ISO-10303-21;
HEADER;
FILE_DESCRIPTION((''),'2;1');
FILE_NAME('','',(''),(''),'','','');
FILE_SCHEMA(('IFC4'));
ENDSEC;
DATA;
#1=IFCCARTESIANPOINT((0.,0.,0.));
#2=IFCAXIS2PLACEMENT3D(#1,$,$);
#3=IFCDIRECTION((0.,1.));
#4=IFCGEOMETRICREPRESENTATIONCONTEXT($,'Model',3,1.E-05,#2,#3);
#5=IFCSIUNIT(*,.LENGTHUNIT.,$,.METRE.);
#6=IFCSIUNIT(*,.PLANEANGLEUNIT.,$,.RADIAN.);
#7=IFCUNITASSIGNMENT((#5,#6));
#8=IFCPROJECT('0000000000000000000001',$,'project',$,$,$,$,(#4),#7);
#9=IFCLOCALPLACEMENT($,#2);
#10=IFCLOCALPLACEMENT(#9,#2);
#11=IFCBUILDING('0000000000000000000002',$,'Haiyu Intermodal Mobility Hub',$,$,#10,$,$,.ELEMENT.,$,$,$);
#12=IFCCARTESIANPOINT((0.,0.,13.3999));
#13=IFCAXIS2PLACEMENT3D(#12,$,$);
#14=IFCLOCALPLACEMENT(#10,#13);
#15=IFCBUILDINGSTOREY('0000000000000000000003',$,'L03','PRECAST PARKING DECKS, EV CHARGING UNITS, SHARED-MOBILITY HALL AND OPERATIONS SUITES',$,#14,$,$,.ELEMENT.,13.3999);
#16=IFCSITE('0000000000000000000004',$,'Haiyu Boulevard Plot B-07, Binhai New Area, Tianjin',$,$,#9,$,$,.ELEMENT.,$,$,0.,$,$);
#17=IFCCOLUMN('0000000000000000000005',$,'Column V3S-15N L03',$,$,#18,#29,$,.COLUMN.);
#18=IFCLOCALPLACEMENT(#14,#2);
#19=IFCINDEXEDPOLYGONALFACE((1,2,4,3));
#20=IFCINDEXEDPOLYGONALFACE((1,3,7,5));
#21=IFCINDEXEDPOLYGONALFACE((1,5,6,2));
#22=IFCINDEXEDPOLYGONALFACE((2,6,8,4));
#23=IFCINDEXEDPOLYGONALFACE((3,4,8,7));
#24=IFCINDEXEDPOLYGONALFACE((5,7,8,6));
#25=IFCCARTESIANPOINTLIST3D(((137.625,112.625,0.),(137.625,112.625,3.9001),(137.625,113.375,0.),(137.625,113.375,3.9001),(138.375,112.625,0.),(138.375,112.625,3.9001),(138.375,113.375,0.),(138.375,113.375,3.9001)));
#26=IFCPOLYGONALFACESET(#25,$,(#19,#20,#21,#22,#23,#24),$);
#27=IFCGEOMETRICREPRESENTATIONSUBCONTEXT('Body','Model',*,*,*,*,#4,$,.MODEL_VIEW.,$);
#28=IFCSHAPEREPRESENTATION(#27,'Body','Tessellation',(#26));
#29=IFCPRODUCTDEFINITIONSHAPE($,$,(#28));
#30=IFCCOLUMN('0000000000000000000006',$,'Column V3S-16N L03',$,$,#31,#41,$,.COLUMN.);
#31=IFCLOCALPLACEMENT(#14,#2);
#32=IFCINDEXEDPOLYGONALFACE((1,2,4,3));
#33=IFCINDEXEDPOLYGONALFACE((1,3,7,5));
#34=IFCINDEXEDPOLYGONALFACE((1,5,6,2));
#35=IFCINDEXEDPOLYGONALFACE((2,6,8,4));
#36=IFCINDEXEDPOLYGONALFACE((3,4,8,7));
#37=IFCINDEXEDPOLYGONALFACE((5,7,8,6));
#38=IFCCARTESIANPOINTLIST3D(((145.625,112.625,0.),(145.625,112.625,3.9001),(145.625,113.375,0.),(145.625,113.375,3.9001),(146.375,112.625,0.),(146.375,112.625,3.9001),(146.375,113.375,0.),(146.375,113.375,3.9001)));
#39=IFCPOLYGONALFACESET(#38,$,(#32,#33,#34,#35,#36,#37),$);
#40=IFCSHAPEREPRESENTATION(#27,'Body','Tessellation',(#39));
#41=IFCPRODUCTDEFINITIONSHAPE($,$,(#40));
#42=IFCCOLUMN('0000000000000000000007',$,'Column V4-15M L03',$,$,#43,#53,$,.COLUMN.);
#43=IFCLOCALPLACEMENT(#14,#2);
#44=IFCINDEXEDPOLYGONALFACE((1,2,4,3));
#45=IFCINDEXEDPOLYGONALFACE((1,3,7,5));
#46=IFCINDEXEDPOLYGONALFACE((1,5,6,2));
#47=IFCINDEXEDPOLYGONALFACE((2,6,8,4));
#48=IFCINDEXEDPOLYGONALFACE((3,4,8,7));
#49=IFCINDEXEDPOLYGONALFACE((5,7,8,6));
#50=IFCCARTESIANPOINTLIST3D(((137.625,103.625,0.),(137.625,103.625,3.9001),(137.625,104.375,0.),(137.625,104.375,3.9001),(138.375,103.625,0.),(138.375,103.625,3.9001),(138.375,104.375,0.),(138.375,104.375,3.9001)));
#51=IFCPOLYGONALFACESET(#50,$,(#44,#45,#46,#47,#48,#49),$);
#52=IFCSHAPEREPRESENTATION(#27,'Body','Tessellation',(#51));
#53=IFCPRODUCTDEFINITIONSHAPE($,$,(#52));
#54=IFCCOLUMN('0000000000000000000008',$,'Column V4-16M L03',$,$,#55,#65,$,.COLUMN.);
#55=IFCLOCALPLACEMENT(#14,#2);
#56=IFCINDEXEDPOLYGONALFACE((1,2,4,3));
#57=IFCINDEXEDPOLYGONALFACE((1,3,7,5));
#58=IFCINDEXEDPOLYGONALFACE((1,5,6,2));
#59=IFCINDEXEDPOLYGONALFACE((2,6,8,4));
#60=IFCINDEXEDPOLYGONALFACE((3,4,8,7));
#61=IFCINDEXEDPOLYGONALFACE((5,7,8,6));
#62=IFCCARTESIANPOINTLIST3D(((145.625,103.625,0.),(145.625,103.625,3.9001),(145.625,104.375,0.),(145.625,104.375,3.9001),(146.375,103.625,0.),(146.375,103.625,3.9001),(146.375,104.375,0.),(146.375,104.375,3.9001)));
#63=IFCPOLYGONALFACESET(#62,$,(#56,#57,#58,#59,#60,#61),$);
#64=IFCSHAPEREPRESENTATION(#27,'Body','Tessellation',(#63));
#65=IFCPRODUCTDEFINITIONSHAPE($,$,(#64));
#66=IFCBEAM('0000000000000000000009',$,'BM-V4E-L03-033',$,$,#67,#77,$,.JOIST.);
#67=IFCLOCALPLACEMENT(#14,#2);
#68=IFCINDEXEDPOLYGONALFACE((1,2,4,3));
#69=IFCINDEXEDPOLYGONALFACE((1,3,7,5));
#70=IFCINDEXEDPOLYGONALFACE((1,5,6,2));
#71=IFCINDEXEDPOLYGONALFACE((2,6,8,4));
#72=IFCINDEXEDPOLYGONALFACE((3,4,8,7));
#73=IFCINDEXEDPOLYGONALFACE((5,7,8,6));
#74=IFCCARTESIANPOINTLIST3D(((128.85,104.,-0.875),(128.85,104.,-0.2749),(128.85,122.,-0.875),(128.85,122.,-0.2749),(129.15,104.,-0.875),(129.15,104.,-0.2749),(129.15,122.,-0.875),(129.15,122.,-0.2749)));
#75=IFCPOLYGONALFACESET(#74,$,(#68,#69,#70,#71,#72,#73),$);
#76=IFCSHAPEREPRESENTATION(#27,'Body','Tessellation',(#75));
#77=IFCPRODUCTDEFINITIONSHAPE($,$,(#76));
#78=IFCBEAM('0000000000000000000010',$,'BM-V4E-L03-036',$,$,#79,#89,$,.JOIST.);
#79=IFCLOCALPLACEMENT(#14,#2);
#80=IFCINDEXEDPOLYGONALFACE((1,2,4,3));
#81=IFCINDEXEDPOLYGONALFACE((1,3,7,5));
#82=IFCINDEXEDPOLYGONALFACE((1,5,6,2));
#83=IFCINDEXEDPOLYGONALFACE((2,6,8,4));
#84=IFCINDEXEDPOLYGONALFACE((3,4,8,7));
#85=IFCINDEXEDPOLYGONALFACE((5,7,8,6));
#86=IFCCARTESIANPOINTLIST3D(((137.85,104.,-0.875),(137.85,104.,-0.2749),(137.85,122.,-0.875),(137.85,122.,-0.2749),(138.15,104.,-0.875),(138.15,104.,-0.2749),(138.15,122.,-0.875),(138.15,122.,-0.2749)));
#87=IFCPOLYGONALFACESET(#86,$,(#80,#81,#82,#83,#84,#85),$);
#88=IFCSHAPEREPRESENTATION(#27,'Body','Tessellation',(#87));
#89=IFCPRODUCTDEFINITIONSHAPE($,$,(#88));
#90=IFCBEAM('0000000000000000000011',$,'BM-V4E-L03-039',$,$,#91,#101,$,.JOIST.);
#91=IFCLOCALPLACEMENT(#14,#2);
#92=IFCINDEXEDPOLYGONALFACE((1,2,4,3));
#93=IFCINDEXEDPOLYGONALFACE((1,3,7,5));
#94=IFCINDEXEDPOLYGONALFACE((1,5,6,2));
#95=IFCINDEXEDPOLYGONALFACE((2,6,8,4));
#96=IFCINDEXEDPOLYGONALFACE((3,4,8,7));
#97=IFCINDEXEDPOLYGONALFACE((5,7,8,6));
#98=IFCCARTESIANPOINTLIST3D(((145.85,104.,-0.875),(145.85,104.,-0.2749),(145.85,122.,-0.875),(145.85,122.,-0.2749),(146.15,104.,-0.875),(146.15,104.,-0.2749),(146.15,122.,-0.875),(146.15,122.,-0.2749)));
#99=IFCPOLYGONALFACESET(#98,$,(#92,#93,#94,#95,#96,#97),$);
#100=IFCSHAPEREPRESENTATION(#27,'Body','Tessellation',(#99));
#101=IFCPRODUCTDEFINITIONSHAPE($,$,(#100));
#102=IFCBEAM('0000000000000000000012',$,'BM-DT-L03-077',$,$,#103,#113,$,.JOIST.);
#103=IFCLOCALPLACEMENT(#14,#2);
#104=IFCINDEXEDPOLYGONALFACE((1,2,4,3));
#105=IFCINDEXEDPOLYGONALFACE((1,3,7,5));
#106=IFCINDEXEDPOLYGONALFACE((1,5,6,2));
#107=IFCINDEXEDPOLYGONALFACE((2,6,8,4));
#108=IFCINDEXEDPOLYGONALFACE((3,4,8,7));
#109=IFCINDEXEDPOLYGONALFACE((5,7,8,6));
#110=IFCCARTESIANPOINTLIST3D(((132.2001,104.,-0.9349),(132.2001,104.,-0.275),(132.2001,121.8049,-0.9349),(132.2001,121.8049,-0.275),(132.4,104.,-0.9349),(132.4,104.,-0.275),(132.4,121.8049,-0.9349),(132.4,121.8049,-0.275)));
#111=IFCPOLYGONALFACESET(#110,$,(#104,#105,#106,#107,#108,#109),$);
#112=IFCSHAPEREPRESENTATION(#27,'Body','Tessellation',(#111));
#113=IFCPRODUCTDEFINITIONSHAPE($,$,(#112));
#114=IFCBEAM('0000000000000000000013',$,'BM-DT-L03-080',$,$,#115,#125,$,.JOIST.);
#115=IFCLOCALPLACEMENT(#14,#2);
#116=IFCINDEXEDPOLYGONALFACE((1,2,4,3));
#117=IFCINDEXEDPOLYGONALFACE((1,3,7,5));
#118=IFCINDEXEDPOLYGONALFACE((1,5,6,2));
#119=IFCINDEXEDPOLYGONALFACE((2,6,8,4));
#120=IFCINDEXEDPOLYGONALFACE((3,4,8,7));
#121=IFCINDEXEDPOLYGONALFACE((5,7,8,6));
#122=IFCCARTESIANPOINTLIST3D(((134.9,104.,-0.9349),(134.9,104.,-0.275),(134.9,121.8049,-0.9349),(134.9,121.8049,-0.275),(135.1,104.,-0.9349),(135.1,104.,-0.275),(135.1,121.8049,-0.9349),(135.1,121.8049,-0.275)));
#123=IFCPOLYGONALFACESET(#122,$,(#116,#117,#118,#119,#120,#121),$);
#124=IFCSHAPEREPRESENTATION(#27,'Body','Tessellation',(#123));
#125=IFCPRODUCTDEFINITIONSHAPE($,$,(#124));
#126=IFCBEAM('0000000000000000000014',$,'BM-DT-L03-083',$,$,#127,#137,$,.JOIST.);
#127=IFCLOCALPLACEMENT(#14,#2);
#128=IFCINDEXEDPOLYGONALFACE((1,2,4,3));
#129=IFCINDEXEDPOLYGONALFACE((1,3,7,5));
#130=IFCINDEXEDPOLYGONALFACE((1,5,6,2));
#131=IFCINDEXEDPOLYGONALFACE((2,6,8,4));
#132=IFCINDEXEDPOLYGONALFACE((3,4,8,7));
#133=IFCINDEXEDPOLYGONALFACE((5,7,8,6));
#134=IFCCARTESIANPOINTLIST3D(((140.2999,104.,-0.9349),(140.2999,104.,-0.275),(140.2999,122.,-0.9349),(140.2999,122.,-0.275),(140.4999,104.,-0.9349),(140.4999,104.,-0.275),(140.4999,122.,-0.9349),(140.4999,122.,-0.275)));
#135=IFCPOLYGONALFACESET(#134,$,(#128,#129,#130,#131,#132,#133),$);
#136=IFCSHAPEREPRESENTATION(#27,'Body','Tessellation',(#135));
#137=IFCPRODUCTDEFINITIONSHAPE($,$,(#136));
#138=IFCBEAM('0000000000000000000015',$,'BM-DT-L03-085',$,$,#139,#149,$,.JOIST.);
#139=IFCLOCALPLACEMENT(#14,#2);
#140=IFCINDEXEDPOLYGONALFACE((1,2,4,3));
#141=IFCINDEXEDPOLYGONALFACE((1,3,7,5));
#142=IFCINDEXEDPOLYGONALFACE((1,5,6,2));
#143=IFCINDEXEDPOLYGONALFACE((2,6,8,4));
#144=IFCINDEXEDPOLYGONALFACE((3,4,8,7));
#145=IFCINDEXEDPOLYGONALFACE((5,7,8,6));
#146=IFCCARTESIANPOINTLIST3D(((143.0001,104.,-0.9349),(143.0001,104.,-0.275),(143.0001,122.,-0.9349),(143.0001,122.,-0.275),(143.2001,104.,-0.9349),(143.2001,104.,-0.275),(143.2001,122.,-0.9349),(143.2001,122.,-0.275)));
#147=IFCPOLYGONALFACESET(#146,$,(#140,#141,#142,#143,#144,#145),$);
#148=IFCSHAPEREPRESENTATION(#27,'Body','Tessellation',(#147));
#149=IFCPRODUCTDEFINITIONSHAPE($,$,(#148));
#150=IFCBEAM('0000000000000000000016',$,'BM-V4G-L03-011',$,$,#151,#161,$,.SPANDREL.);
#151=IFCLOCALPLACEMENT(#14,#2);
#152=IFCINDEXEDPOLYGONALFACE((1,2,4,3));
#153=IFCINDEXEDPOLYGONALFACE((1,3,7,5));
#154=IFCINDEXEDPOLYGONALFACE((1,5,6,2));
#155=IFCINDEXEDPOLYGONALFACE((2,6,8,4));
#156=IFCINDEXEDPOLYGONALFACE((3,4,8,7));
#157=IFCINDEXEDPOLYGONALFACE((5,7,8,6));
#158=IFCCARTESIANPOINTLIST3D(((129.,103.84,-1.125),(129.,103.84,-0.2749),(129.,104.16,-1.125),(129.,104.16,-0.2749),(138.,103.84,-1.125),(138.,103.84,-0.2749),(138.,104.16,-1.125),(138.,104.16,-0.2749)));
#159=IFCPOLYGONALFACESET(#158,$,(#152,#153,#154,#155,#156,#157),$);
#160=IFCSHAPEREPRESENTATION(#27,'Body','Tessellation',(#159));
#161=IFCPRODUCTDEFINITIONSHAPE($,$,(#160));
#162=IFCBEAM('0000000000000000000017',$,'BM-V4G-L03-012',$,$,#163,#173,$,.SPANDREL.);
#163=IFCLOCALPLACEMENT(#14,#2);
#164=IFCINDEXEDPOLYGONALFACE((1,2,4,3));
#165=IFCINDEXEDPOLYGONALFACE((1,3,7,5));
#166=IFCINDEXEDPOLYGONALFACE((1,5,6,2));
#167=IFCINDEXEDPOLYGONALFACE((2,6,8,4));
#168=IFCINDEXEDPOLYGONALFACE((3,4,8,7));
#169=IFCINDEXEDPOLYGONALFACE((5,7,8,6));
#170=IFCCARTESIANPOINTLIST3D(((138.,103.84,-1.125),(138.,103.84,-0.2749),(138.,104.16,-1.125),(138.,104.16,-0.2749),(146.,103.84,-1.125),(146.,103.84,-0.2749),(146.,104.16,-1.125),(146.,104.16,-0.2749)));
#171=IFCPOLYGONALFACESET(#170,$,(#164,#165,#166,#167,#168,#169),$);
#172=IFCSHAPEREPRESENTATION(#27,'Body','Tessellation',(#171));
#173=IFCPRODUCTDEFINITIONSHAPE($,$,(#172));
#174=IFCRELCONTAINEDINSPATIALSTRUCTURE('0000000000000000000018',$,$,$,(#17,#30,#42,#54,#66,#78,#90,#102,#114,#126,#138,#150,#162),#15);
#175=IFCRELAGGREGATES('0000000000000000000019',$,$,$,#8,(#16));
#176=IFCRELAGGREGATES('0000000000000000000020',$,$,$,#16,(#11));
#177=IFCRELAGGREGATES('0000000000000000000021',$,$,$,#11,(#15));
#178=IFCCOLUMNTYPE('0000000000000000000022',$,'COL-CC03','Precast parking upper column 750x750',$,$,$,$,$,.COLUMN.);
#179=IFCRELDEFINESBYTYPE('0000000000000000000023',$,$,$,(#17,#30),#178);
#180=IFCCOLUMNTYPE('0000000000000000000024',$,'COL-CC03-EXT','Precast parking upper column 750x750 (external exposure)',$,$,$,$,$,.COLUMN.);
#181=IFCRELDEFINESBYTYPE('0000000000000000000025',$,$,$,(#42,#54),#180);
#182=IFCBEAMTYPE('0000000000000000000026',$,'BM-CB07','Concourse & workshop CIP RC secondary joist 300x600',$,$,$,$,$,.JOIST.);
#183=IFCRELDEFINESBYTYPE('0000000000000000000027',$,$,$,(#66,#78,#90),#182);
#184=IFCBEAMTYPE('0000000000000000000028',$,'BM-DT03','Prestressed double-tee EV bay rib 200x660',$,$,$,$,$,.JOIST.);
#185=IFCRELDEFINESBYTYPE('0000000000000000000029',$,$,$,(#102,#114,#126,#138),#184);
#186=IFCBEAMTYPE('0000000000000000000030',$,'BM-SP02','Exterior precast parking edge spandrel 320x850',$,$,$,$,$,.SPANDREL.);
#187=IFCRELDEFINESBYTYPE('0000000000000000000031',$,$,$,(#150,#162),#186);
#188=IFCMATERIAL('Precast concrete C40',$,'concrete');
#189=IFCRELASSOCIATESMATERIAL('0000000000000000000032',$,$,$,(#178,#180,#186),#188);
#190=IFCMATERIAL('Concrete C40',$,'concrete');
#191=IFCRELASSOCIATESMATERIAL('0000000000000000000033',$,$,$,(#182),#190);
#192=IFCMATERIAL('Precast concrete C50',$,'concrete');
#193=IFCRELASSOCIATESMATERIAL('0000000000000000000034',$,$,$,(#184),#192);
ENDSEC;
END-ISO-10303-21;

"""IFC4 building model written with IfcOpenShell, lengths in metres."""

from ifc_helpers import new_model, si_unit, direction, frame, origin, origin_2d, place, context, subcontext, project, spatial, rectangle, extrude, material, material_profile, profile_set, type_object, element, save


model = new_model("IFC4")

# Units and contexts
model_context = context("Model", 3, precision=1e-05, world=origin(), true_north=direction((0.0, 1.0)))
body_context = subcontext(model_context, "Body", "Model", "MODEL_VIEW")
ifc_project = project(units=[si_unit("LENGTHUNIT", "METRE"), si_unit("PLANEANGLEUNIT", "RADIAN")], contexts=[model_context])

# Site, building, storey
site_placement = place(None, origin())
site = spatial("IfcSite", under=ifc_project, at=site_placement, Name="Haiyu Boulevard Plot B-07, Binhai New Area, Tianjin", CompositionType="ELEMENT", RefElevation=0.0)
building_placement = place(site_placement, origin())
building = spatial("IfcBuilding", under=site, at=building_placement, Name="Haiyu Intermodal Mobility Hub", CompositionType="ELEMENT")
storey_placement = place(building_placement, frame((0.0, 0.0, 13.3999)))
storey = spatial("IfcBuildingStorey", under=building, at=storey_placement, Name="L03", Description="PRECAST PARKING DECKS, EV CHARGING UNITS, SHARED-MOBILITY HALL AND OPERATIONS SUITES", CompositionType="ELEMENT", Elevation=13.3999)

# Columns
ifc_material_1 = material(Name="Precast concrete C40", Category="concrete")
ifc_material_profile_1 = material_profile(ifc_material_1, rectangle(XDim=0.75, YDim=0.75, at=origin_2d()), Name="RC750x750")
ifc_profile_set_1 = profile_set([ifc_material_profile_1], Name="Precast concrete C40")
column_type_1 = type_object("IfcColumnType", Name="COL-CC03", Description="Precast parking upper column 750x750", PredefinedType="COLUMN", material=ifc_profile_set_1)
for number, where, z_axis, x_axis, name in (
    (1, (138.0, 113.0, 0.0), (0.0, 0.0, 1.0), (1.0, 0.0, 0.0), "Column V3S-15N L03"),
    (2, (146.0, 113.0, 0.0), (0.0, 0.0, 1.0), (1.0, 0.0, 0.0), "Column V3S-16N L03"),
):
    element("IfcColumn", number, at=place(storey_placement, frame(where, z_axis=z_axis, x_axis=x_axis)), inside=storey, type_object=column_type_1, Name=name, PredefinedType="COLUMN", context=body_context, shape_type="SweptSolid", body=[
        extrude(rectangle(XDim=0.75, YDim=0.75, at=origin_2d()), origin(), (0.0, 0.0, 1.0), 3.9001),
    ])
ifc_material_profile_2 = material_profile(ifc_material_1, rectangle(XDim=0.75, YDim=0.75, at=origin_2d()), Name="RC750x750")
ifc_profile_set_2 = profile_set([ifc_material_profile_2], Name="Precast concrete C40")
column_type_2 = type_object("IfcColumnType", Name="COL-CC03-EXT", Description="Precast parking upper column 750x750 (external exposure)", PredefinedType="COLUMN", material=ifc_profile_set_2)
for number, where, z_axis, x_axis, name in (
    (3, (138.0, 104.0, 0.0), (0.0, 0.0, 1.0), (1.0, 0.0, 0.0), "Column V4-15M L03"),
    (4, (146.0, 104.0, 0.0), (0.0, 0.0, 1.0), (1.0, 0.0, 0.0), "Column V4-16M L03"),
):
    element("IfcColumn", number, at=place(storey_placement, frame(where, z_axis=z_axis, x_axis=x_axis)), inside=storey, type_object=column_type_2, Name=name, PredefinedType="COLUMN", context=body_context, shape_type="SweptSolid", body=[
        extrude(rectangle(XDim=0.75, YDim=0.75, at=origin_2d()), origin(), (0.0, 0.0, 1.0), 3.9001),
    ])

# Beams
ifc_material_2 = material(Name="Concrete C40", Category="concrete")
ifc_material_profile_3 = material_profile(ifc_material_2, rectangle(XDim=0.3, YDim=0.6001, at=origin_2d()), Name="RCB300x600")
ifc_profile_set_3 = profile_set([ifc_material_profile_3], Name="Concrete C40")
beam_type_1 = type_object("IfcBeamType", Name="BM-CB07", Description="Concourse & workshop CIP RC secondary joist 300x600", PredefinedType="JOIST", material=ifc_profile_set_3)
for number, where, z_axis, x_axis, name in (
    (5, (129.0, 104.0, -0.575), (0.0, 1.0, 0.0), (-1.0, 0.0, 0.0), "BM-V4E-L03-033"),
    (6, (138.0, 104.0, -0.575), (0.0, 1.0, 0.0), (-1.0, 0.0, 0.0), "BM-V4E-L03-036"),
    (7, (146.0, 104.0, -0.575), (0.0, 1.0, 0.0), (-1.0, 0.0, 0.0), "BM-V4E-L03-039"),
):
    element("IfcBeam", number, at=place(storey_placement, frame(where, z_axis=z_axis, x_axis=x_axis)), inside=storey, type_object=beam_type_1, Name=name, PredefinedType="JOIST", context=body_context, shape_type="SweptSolid", body=[
        extrude(rectangle(XDim=0.3, YDim=0.6001, at=origin_2d()), origin(), (0.0, 0.0, 1.0), 18.0),
    ])
ifc_material_3 = material(Name="Precast concrete C50", Category="concrete")
ifc_material_profile_4 = material_profile(ifc_material_3, rectangle(XDim=0.2, YDim=0.6599, at=origin_2d()), Name="PC200x660")
ifc_profile_set_4 = profile_set([ifc_material_profile_4], Name="Precast concrete C50")
beam_type_2 = type_object("IfcBeamType", Name="BM-DT03", Description="Prestressed double-tee EV bay rib 200x660", PredefinedType="JOIST", material=ifc_profile_set_4)
for number, where, z_axis, x_axis, name in (
    (8, (132.3, 104.0, -0.605), (0.0, 1.0, 0.0), (-1.0, 0.0, 0.0), "BM-DT-L03-077"),
    (9, (135.0, 104.0, -0.605), (0.0, 1.0, 0.0), (-1.0, 0.0, 0.0), "BM-DT-L03-080"),
):
    element("IfcBeam", number, at=place(storey_placement, frame(where, z_axis=z_axis, x_axis=x_axis)), inside=storey, type_object=beam_type_2, Name=name, PredefinedType="JOIST", context=body_context, shape_type="SweptSolid", body=[
        extrude(rectangle(XDim=0.2, YDim=0.6599, at=origin_2d()), origin(), (0.0, 0.0, 1.0), 17.8049),
    ])
for number, where, z_axis, x_axis, name in (
    (10, (140.3999, 104.0, -0.605), (0.0, 1.0, 0.0), (-1.0, 0.0, 0.0), "BM-DT-L03-083"),
    (11, (143.1001, 104.0, -0.605), (0.0, 1.0, 0.0), (-1.0, 0.0, 0.0), "BM-DT-L03-085"),
):
    element("IfcBeam", number, at=place(storey_placement, frame(where, z_axis=z_axis, x_axis=x_axis)), inside=storey, type_object=beam_type_2, Name=name, PredefinedType="JOIST", context=body_context, shape_type="SweptSolid", body=[
        extrude(rectangle(XDim=0.2, YDim=0.6599, at=origin_2d()), origin(), (0.0, 0.0, 1.0), 18.0),
    ])
ifc_material_profile_5 = material_profile(ifc_material_1, rectangle(XDim=0.3201, YDim=0.8501, at=origin_2d()), Name="PC320x850")
ifc_profile_set_5 = profile_set([ifc_material_profile_5], Name="Precast concrete C40")
beam_type_3 = type_object("IfcBeamType", Name="BM-SP02", Description="Exterior precast parking edge spandrel 320x850", PredefinedType="SPANDREL", material=ifc_profile_set_5)
beam_1_placement = place(storey_placement, frame((129.0, 104.0, -0.7), z_axis=(1.0, 0.0, 0.0), x_axis=(0.0, 1.0, 0.0)))
element("IfcBeam", 12, at=beam_1_placement, inside=storey, type_object=beam_type_3, Name="BM-V4G-L03-011", PredefinedType="SPANDREL", context=body_context, shape_type="SweptSolid", body=[
    extrude(rectangle(XDim=0.3201, YDim=0.8501, at=origin_2d()), origin(), (0.0, 0.0, 1.0), 9.0),
])
beam_2_placement = place(storey_placement, frame((138.0, 104.0, -0.7), z_axis=(1.0, 0.0, 0.0), x_axis=(0.0, 1.0, 0.0)))
element("IfcBeam", 13, at=beam_2_placement, inside=storey, type_object=beam_type_3, Name="BM-V4G-L03-012", PredefinedType="SPANDREL", context=body_context, shape_type="SweptSolid", body=[
    extrude(rectangle(XDim=0.3201, YDim=0.8501, at=origin_2d()), origin(), (0.0, 0.0, 1.0), 8.0),
])

save(model, "model.ifc")
